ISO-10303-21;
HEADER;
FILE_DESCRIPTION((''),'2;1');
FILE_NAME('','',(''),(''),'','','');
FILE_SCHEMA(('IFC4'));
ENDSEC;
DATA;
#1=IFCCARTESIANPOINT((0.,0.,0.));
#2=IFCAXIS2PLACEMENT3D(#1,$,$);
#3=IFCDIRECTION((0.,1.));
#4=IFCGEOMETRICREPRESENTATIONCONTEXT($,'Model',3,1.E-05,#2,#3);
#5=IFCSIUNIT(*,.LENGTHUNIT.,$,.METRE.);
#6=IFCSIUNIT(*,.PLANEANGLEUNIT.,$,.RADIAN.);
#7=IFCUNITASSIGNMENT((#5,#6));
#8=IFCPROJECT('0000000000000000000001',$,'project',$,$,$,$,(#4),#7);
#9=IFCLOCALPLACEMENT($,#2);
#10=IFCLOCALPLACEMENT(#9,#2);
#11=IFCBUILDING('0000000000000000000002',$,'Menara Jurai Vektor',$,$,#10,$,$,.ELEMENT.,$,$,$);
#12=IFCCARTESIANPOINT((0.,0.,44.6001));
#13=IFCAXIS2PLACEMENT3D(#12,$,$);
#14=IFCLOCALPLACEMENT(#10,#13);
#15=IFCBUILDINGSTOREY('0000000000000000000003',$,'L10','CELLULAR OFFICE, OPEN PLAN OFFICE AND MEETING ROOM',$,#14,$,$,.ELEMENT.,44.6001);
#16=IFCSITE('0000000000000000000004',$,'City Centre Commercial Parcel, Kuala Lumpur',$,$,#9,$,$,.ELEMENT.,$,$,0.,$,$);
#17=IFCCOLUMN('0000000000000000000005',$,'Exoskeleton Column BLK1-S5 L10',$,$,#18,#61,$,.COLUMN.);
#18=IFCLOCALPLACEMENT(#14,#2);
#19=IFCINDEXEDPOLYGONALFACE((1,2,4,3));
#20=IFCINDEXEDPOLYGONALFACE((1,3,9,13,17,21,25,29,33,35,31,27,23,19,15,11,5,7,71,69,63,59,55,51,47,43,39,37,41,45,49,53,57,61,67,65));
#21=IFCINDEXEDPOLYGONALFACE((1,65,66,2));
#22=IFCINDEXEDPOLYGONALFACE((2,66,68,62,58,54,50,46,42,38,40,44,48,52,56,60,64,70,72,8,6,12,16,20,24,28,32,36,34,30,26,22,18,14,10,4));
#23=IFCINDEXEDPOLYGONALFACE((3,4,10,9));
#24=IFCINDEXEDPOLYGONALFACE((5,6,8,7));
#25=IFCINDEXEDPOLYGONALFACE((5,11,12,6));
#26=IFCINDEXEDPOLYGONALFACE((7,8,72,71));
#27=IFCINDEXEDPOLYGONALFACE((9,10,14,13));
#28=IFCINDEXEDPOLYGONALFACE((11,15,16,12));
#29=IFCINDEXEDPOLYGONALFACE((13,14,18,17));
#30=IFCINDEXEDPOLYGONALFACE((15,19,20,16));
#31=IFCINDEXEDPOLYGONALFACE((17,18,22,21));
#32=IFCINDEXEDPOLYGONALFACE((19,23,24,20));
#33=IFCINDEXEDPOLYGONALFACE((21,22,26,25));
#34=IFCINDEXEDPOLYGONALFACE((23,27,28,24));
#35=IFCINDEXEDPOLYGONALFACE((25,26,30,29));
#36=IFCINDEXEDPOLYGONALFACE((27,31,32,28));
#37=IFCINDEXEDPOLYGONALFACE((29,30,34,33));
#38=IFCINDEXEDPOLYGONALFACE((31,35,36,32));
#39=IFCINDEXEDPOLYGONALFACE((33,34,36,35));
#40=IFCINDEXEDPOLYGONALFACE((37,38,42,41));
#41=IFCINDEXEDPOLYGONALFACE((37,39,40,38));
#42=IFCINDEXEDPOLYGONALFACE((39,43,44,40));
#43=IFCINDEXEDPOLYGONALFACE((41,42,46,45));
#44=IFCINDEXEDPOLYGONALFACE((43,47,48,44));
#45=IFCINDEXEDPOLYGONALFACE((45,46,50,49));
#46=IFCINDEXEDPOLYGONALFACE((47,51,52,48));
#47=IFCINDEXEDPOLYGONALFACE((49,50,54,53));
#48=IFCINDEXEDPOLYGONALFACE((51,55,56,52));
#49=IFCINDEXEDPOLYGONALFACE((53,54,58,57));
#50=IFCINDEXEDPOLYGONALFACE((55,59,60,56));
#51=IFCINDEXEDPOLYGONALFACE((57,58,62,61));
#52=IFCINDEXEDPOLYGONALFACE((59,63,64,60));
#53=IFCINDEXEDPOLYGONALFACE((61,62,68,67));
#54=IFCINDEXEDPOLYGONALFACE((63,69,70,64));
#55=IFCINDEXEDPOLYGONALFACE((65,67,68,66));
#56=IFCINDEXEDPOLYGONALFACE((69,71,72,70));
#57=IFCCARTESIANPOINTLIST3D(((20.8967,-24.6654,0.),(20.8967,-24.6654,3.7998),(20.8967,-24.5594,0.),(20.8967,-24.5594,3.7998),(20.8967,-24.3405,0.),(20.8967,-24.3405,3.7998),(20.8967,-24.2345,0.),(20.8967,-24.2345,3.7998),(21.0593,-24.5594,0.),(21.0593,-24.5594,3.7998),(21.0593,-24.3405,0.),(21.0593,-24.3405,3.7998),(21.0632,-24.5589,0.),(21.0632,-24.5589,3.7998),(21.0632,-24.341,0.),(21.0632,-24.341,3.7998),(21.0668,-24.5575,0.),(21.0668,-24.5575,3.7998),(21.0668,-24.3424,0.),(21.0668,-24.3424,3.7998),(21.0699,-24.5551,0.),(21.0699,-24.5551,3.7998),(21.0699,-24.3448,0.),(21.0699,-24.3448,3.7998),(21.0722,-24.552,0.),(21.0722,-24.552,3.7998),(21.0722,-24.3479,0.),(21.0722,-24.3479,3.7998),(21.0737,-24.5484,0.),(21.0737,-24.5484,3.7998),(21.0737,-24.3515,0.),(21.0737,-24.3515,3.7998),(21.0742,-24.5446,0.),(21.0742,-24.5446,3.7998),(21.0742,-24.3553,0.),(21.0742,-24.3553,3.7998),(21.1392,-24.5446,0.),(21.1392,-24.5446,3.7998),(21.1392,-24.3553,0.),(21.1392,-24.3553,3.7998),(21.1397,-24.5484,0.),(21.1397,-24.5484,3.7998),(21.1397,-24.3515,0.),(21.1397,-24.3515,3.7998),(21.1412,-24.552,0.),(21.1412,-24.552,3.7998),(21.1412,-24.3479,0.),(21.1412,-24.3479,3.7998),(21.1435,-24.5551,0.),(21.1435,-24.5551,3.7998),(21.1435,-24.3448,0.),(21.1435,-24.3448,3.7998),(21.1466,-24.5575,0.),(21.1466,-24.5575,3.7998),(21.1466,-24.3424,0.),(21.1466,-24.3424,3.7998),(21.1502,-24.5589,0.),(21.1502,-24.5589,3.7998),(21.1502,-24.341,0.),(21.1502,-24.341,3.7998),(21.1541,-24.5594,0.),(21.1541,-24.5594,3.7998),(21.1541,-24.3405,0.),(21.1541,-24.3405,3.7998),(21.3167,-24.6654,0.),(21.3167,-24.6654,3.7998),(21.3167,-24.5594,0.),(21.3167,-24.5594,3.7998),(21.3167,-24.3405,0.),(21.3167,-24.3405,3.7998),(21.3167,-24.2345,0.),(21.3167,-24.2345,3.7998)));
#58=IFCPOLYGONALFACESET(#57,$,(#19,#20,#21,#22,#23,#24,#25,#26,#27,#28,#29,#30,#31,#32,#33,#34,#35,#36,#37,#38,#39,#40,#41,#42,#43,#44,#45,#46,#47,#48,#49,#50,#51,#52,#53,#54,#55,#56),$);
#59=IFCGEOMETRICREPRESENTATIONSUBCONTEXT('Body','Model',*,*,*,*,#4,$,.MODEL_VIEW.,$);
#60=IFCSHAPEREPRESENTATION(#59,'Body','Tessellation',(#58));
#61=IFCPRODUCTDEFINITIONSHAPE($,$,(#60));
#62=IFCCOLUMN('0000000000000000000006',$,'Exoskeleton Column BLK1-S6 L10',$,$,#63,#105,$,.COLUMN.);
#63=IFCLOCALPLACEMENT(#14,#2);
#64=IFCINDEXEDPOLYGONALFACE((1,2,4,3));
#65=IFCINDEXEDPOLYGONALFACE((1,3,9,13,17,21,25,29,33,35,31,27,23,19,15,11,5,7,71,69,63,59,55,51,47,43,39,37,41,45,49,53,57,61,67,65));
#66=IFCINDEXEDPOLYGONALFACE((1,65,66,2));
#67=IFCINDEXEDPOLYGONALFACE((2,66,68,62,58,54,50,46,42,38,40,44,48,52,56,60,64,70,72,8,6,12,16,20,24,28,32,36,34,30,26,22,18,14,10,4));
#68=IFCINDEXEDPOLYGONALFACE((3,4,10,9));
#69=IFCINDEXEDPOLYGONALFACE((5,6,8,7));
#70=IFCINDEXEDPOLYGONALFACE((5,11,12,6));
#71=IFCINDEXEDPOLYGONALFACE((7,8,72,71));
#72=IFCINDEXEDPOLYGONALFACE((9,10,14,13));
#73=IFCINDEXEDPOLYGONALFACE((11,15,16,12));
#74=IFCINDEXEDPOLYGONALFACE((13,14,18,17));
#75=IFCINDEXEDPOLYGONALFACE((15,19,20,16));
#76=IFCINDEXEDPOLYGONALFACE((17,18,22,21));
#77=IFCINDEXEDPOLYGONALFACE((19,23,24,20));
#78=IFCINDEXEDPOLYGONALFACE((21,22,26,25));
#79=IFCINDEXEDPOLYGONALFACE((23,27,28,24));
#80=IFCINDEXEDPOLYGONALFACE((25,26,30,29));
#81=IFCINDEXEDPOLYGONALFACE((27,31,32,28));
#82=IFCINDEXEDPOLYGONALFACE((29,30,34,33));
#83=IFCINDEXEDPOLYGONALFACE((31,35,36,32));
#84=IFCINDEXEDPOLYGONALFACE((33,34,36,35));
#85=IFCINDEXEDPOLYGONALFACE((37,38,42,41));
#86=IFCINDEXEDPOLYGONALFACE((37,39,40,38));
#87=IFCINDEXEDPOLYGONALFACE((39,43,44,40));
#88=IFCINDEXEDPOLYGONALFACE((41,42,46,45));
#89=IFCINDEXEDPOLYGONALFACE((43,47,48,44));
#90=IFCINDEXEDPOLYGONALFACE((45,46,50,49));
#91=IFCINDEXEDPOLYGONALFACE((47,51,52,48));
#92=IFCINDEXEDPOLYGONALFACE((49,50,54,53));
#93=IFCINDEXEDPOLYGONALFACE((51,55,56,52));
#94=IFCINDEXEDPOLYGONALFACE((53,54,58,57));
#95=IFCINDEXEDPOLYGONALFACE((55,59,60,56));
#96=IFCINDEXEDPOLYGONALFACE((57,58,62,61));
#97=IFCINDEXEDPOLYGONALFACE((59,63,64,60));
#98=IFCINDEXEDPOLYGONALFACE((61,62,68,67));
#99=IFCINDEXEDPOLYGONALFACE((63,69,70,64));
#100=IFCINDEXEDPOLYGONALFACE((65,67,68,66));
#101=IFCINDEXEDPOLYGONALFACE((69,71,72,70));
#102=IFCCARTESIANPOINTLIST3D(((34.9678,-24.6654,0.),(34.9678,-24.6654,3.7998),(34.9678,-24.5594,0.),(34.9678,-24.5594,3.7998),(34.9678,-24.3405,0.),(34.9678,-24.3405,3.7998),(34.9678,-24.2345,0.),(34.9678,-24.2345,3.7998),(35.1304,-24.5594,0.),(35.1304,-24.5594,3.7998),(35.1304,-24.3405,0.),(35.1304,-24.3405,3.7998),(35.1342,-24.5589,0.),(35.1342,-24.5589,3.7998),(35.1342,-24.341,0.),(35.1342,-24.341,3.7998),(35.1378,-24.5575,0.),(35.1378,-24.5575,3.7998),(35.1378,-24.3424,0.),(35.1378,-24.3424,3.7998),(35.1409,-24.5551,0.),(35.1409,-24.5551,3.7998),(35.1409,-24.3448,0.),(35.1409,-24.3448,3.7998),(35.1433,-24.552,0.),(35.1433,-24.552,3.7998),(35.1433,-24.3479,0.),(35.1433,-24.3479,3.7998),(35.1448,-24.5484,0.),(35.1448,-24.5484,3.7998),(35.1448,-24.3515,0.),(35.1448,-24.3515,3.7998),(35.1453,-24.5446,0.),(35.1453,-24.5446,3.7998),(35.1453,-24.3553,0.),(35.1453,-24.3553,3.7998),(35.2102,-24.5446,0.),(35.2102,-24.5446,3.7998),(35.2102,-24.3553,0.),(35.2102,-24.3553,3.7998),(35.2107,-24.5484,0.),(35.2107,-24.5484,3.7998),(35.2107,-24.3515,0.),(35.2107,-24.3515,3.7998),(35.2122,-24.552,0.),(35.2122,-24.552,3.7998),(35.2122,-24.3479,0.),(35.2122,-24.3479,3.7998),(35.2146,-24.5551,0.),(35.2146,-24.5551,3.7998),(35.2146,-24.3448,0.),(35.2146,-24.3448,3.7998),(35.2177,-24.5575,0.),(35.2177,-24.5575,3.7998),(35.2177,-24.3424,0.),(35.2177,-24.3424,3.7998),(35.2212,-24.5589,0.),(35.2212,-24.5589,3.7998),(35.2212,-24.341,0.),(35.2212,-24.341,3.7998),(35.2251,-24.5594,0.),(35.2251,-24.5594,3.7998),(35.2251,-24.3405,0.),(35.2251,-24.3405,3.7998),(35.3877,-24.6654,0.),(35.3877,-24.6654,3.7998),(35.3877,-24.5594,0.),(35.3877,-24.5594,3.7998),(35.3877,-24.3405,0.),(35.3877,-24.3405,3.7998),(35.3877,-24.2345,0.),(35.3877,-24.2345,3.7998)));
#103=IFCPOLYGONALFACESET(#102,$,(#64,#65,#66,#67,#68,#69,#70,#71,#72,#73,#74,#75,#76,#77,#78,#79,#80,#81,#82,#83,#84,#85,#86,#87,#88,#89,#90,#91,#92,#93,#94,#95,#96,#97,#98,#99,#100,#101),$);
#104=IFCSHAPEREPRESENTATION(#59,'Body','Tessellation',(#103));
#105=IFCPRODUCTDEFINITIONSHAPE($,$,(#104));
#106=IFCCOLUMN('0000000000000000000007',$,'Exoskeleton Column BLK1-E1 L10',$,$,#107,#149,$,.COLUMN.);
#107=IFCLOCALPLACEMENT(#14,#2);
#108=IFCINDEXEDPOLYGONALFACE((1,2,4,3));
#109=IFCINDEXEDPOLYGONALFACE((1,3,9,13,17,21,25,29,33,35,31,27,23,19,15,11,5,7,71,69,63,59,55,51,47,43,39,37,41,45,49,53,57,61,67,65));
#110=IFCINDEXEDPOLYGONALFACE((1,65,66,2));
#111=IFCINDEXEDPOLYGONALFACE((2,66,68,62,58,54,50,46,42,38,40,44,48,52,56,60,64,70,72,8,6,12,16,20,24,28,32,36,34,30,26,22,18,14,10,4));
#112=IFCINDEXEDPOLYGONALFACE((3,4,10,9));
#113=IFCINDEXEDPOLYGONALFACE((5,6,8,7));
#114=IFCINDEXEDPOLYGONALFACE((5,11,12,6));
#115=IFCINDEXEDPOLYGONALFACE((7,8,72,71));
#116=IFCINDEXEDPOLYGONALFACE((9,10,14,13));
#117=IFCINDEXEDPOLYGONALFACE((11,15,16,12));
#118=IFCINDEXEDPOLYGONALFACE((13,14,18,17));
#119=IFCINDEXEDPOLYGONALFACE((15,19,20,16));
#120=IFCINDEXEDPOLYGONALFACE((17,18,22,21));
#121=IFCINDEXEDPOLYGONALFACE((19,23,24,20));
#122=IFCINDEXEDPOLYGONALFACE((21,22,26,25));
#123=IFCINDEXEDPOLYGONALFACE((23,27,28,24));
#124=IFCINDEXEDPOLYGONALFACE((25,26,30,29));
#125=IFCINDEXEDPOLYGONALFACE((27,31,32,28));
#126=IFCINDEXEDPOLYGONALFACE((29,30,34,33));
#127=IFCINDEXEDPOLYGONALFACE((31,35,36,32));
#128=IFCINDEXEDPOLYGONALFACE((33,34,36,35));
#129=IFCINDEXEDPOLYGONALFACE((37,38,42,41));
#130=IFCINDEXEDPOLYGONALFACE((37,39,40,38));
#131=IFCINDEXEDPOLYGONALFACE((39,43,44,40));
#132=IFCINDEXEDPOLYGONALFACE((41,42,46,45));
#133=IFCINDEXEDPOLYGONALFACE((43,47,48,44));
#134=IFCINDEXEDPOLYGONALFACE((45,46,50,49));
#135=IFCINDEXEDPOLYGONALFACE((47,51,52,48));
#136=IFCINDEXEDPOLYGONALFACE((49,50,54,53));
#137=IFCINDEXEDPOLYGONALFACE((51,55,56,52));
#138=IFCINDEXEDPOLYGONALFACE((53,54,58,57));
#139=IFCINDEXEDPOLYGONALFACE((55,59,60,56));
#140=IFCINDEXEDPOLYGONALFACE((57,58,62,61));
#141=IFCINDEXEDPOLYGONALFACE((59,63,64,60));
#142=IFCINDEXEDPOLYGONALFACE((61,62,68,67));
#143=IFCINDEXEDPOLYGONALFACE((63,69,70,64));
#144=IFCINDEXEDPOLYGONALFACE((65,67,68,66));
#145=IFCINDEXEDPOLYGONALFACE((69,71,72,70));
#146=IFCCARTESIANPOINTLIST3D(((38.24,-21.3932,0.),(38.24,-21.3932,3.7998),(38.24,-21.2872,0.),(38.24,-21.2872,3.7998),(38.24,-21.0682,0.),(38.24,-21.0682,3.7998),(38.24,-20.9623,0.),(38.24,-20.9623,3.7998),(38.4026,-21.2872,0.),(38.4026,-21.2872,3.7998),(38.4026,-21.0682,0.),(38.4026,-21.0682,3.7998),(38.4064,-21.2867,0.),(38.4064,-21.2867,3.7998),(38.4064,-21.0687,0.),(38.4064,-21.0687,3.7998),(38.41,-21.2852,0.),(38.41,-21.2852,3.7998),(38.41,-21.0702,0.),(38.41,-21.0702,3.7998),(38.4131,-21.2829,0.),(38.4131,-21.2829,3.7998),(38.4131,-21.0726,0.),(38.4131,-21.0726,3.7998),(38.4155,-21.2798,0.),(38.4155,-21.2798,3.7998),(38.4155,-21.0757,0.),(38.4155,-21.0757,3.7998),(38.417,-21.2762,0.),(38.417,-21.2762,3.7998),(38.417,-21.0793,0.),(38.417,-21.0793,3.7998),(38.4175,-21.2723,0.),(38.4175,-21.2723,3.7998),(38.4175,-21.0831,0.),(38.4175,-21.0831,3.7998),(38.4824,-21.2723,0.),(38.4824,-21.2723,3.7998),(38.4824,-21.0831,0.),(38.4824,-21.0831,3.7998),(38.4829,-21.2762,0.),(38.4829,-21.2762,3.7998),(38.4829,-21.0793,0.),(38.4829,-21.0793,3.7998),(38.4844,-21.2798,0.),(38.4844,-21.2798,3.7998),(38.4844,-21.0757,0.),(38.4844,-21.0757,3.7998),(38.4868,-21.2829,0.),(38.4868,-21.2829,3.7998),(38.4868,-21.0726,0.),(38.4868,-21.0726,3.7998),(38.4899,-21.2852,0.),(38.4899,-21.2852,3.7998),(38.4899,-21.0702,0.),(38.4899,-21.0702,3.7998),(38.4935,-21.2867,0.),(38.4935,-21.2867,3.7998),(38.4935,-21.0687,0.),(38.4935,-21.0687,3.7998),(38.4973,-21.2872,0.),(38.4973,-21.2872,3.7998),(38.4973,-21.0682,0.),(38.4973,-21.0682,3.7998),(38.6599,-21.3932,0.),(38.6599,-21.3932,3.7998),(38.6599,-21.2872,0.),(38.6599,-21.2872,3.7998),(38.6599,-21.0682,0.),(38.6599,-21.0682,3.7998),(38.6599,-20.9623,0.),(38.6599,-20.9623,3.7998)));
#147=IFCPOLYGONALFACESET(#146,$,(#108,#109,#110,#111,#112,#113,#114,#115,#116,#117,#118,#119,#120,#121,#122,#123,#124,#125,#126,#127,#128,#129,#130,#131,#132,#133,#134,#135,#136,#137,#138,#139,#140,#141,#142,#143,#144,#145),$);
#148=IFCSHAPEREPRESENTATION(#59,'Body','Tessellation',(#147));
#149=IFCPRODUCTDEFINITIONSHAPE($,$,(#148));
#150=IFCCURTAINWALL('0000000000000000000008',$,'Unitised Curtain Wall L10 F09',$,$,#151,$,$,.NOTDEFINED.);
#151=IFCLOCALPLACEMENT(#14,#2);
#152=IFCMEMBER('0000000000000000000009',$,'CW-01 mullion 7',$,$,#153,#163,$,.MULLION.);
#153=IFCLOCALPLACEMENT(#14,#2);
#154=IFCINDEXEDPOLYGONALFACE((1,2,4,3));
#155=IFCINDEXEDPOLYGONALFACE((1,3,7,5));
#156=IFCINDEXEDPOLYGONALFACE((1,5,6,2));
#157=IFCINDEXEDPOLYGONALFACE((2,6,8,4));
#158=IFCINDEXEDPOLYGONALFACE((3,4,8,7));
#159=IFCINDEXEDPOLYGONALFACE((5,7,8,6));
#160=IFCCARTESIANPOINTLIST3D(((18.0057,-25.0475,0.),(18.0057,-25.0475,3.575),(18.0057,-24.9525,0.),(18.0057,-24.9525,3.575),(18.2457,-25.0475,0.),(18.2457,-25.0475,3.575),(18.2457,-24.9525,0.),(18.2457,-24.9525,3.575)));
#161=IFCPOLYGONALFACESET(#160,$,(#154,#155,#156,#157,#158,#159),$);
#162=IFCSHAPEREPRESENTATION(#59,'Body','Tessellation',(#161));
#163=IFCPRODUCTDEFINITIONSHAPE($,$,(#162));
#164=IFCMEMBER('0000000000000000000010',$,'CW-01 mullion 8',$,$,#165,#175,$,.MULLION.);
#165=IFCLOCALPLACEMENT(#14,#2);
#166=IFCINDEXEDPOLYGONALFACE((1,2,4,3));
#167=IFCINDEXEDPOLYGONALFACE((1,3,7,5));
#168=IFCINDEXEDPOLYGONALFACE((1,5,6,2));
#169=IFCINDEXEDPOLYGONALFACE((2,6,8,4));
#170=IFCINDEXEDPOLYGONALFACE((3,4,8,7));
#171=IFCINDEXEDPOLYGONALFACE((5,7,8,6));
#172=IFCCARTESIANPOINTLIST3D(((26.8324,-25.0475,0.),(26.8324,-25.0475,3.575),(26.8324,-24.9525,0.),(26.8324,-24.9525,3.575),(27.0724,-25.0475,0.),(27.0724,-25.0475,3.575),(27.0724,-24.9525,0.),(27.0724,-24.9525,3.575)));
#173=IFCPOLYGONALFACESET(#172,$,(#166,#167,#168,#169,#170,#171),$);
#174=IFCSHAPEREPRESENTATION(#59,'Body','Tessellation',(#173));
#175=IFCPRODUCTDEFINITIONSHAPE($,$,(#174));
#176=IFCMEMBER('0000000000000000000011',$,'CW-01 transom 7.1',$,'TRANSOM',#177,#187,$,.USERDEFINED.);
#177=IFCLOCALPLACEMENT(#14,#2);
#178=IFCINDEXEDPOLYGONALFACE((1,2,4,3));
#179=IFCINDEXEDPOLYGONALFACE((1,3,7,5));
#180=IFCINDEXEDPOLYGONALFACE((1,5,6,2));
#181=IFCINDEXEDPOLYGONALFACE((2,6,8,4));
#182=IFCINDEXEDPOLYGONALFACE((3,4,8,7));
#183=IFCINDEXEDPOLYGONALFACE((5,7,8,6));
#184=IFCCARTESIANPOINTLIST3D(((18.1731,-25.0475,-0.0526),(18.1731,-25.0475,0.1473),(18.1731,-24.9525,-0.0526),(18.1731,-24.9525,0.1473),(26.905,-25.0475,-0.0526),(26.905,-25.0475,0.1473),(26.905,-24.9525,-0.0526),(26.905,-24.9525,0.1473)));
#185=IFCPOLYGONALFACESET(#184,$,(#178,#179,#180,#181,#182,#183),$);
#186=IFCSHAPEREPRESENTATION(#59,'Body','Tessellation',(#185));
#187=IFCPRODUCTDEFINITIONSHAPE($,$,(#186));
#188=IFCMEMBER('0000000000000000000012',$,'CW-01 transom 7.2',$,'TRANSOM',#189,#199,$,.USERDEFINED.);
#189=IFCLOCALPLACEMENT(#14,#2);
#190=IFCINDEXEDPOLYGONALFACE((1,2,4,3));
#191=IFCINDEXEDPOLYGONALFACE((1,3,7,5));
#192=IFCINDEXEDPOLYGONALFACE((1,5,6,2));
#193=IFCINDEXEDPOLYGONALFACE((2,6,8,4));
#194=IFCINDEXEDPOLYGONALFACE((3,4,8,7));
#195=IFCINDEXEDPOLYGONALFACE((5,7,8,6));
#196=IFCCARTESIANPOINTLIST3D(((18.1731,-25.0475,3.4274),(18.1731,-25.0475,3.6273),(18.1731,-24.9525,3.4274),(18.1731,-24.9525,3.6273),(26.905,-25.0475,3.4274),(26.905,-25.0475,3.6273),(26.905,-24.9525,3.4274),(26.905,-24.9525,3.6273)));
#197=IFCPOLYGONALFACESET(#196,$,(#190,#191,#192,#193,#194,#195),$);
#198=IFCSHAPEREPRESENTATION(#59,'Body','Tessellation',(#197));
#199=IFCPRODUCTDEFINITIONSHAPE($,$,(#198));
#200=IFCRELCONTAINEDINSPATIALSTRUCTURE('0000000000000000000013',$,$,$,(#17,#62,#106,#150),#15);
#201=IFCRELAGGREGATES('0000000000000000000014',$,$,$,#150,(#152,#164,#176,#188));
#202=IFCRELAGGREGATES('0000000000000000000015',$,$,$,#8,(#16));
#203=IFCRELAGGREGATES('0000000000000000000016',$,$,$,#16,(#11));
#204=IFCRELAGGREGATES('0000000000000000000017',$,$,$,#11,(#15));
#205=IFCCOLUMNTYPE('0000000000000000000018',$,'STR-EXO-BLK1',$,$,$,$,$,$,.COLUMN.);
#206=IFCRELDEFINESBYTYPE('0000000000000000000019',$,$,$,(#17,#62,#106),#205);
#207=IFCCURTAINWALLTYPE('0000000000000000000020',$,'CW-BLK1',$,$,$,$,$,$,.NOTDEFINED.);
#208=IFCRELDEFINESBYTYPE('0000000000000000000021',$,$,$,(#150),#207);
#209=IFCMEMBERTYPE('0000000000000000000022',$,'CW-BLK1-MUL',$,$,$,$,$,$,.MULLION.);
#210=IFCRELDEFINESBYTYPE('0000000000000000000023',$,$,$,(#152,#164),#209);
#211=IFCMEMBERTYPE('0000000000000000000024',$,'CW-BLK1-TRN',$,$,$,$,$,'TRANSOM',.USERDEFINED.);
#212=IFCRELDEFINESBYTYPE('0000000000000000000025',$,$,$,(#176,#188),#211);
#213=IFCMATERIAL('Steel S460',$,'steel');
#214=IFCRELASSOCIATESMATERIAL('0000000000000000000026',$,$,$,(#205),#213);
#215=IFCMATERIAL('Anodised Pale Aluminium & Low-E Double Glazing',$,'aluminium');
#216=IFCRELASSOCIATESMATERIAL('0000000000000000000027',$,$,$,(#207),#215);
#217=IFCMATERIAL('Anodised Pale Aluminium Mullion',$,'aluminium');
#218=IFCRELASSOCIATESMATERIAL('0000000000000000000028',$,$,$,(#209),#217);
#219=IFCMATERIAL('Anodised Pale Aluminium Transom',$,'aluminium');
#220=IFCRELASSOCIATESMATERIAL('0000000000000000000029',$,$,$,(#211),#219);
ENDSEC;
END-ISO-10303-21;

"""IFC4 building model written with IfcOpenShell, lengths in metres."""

from ifc_helpers import new_model, si_unit, direction, frame, origin, origin_2d, place, context, subcontext, project, spatial, rectangle, i_section, extrude, material, material_profile, profile_set, type_object, element, aggregate, save


model = new_model("IFC4")

# Units and contexts
model_context = context("Model", 3, precision=1e-05, world=origin(), true_north=direction((0.0, 1.0)))
body_context = subcontext(model_context, "Body", "Model", "MODEL_VIEW")
ifc_project = project(units=[si_unit("LENGTHUNIT", "METRE"), si_unit("PLANEANGLEUNIT", "RADIAN")], contexts=[model_context])

# Site, building, storey
site_placement = place(None, origin())
site = spatial("IfcSite", under=ifc_project, at=site_placement, Name="City Centre Commercial Parcel, Kuala Lumpur", CompositionType="ELEMENT", RefElevation=0.0)
building_placement = place(site_placement, origin())
building = spatial("IfcBuilding", under=site, at=building_placement, Name="Menara Jurai Vektor", CompositionType="ELEMENT")
storey_placement = place(building_placement, frame((0.0, 0.0, 44.6001)))
storey = spatial("IfcBuildingStorey", under=building, at=storey_placement, Name="L10", Description="CELLULAR OFFICE, OPEN PLAN OFFICE AND MEETING ROOM", CompositionType="ELEMENT", Elevation=44.6001)

# Columns
ifc_material_1 = material(Name="Steel S460", Category="steel")
ifc_material_profile_1 = material_profile(ifc_material_1, i_section(OverallWidth=0.4199, OverallDepth=0.4309, WebThickness=0.0649, FlangeThickness=0.106, FilletRadius=0.0149, at=origin_2d()), Name="HD 400x900")
ifc_profile_set_1 = profile_set([ifc_material_profile_1], Name="Steel S460")
column_type = type_object("IfcColumnType", Name="STR-EXO-BLK1", PredefinedType="COLUMN", material=ifc_profile_set_1)
for number, where, z_axis, x_axis, name in (
    (1, (21.1067, -24.45, 0.0), (0.0, 0.0, 1.0), (1.0, 0.0, 0.0), "Exoskeleton Column BLK1-S5 L10"),
    (2, (35.1777, -24.45, 0.0), (0.0, 0.0, 1.0), (1.0, 0.0, 0.0), "Exoskeleton Column BLK1-S6 L10"),
    (3, (38.45, -21.1777, 0.0), (0.0, 0.0, 1.0), (1.0, 0.0, 0.0), "Exoskeleton Column BLK1-E1 L10"),
):
    element("IfcColumn", number, at=place(storey_placement, frame(where, z_axis=z_axis, x_axis=x_axis)), inside=storey, type_object=column_type, Name=name, PredefinedType="COLUMN", context=body_context, shape_type="SweptSolid", body=[
        extrude(i_section(OverallWidth=0.4199, OverallDepth=0.4309, WebThickness=0.0649, FlangeThickness=0.106, FilletRadius=0.0149, at=origin_2d()), origin(), (0.0, 0.0, 1.0), 3.7998),
    ])

# Curtain wall, members
ifc_material_2 = material(Name="Anodised Pale Aluminium & Low-E Double Glazing", Category="aluminium")
curtain_wall_type = type_object("IfcCurtainWallType", Name="CW-BLK1", PredefinedType="NOTDEFINED", material=ifc_material_2)
curtain_wall_placement = place(storey_placement, origin())
curtain_wall = element("IfcCurtainWall", 4, at=curtain_wall_placement, inside=storey, type_object=curtain_wall_type, Name="Unitised Curtain Wall L10 F09", PredefinedType="NOTDEFINED")
ifc_material_3 = material(Name="Anodised Pale Aluminium Mullion", Category="aluminium")
ifc_material_profile_2 = material_profile(ifc_material_3, rectangle(XDim=0.095, YDim=0.24, at=origin_2d()), Name="ALU MUL 95x240")
ifc_profile_set_2 = profile_set([ifc_material_profile_2], Name="Anodised Pale Aluminium Mullion")
member_type_1 = type_object("IfcMemberType", Name="CW-BLK1-MUL", PredefinedType="MULLION", material=ifc_profile_set_2)
member_1_placement = place(storey_placement, frame((18.1257, -25.0, 0.0), z_axis=(0.0, 0.0, 1.0), x_axis=(0.0, 1.0, 0.0)))
member_1 = element("IfcMember", 5, at=member_1_placement, type_object=member_type_1, Name="CW-01 mullion 7", PredefinedType="MULLION", context=body_context, shape_type="SweptSolid", body=[
    extrude(rectangle(XDim=0.095, YDim=0.24, at=origin_2d()), origin(), (0.0, 0.0, 1.0), 3.575),
])
member_2_placement = place(storey_placement, frame((26.9524, -25.0, 0.0), z_axis=(0.0, 0.0, 1.0), x_axis=(0.0, 1.0, 0.0)))
member_2 = element("IfcMember", 6, at=member_2_placement, type_object=member_type_1, Name="CW-01 mullion 8", PredefinedType="MULLION", context=body_context, shape_type="SweptSolid", body=[
    extrude(rectangle(XDim=0.095, YDim=0.24, at=origin_2d()), origin(), (0.0, 0.0, 1.0), 3.575),
])
ifc_material_4 = material(Name="Anodised Pale Aluminium Transom", Category="aluminium")
ifc_material_profile_3 = material_profile(ifc_material_4, rectangle(XDim=0.095, YDim=0.2, at=origin_2d()), Name="ALU TRN 95x200")
ifc_profile_set_3 = profile_set([ifc_material_profile_3], Name="Anodised Pale Aluminium Transom")
member_type_2 = type_object("IfcMemberType", Name="CW-BLK1-TRN", ElementType="TRANSOM", PredefinedType="USERDEFINED", material=ifc_profile_set_3)
member_3_placement = place(storey_placement, frame((18.1731, -25.0, 0.0474), z_axis=(1.0, 0.0, 0.0), x_axis=(0.0, 1.0, 0.0)))
member_3 = element("IfcMember", 7, at=member_3_placement, type_object=member_type_2, Name="CW-01 transom 7.1", ObjectType="TRANSOM", PredefinedType="USERDEFINED", context=body_context, shape_type="SweptSolid", body=[
    extrude(rectangle(XDim=0.095, YDim=0.2, at=origin_2d()), origin(), (0.0, 0.0, 1.0), 8.7319),
])
member_4_placement = place(storey_placement, frame((18.1731, -25.0, 3.5273), z_axis=(1.0, 0.0, 0.0), x_axis=(0.0, 1.0, 0.0)))
member_4 = element("IfcMember", 8, at=member_4_placement, type_object=member_type_2, Name="CW-01 transom 7.2", ObjectType="TRANSOM", PredefinedType="USERDEFINED", context=body_context, shape_type="SweptSolid", body=[
    extrude(rectangle(XDim=0.095, YDim=0.2, at=origin_2d()), origin(), (0.0, 0.0, 1.0), 8.7319),
])

aggregate(curtain_wall, [member_1, member_2, member_3, member_4])

save(model, "model.ifc")
